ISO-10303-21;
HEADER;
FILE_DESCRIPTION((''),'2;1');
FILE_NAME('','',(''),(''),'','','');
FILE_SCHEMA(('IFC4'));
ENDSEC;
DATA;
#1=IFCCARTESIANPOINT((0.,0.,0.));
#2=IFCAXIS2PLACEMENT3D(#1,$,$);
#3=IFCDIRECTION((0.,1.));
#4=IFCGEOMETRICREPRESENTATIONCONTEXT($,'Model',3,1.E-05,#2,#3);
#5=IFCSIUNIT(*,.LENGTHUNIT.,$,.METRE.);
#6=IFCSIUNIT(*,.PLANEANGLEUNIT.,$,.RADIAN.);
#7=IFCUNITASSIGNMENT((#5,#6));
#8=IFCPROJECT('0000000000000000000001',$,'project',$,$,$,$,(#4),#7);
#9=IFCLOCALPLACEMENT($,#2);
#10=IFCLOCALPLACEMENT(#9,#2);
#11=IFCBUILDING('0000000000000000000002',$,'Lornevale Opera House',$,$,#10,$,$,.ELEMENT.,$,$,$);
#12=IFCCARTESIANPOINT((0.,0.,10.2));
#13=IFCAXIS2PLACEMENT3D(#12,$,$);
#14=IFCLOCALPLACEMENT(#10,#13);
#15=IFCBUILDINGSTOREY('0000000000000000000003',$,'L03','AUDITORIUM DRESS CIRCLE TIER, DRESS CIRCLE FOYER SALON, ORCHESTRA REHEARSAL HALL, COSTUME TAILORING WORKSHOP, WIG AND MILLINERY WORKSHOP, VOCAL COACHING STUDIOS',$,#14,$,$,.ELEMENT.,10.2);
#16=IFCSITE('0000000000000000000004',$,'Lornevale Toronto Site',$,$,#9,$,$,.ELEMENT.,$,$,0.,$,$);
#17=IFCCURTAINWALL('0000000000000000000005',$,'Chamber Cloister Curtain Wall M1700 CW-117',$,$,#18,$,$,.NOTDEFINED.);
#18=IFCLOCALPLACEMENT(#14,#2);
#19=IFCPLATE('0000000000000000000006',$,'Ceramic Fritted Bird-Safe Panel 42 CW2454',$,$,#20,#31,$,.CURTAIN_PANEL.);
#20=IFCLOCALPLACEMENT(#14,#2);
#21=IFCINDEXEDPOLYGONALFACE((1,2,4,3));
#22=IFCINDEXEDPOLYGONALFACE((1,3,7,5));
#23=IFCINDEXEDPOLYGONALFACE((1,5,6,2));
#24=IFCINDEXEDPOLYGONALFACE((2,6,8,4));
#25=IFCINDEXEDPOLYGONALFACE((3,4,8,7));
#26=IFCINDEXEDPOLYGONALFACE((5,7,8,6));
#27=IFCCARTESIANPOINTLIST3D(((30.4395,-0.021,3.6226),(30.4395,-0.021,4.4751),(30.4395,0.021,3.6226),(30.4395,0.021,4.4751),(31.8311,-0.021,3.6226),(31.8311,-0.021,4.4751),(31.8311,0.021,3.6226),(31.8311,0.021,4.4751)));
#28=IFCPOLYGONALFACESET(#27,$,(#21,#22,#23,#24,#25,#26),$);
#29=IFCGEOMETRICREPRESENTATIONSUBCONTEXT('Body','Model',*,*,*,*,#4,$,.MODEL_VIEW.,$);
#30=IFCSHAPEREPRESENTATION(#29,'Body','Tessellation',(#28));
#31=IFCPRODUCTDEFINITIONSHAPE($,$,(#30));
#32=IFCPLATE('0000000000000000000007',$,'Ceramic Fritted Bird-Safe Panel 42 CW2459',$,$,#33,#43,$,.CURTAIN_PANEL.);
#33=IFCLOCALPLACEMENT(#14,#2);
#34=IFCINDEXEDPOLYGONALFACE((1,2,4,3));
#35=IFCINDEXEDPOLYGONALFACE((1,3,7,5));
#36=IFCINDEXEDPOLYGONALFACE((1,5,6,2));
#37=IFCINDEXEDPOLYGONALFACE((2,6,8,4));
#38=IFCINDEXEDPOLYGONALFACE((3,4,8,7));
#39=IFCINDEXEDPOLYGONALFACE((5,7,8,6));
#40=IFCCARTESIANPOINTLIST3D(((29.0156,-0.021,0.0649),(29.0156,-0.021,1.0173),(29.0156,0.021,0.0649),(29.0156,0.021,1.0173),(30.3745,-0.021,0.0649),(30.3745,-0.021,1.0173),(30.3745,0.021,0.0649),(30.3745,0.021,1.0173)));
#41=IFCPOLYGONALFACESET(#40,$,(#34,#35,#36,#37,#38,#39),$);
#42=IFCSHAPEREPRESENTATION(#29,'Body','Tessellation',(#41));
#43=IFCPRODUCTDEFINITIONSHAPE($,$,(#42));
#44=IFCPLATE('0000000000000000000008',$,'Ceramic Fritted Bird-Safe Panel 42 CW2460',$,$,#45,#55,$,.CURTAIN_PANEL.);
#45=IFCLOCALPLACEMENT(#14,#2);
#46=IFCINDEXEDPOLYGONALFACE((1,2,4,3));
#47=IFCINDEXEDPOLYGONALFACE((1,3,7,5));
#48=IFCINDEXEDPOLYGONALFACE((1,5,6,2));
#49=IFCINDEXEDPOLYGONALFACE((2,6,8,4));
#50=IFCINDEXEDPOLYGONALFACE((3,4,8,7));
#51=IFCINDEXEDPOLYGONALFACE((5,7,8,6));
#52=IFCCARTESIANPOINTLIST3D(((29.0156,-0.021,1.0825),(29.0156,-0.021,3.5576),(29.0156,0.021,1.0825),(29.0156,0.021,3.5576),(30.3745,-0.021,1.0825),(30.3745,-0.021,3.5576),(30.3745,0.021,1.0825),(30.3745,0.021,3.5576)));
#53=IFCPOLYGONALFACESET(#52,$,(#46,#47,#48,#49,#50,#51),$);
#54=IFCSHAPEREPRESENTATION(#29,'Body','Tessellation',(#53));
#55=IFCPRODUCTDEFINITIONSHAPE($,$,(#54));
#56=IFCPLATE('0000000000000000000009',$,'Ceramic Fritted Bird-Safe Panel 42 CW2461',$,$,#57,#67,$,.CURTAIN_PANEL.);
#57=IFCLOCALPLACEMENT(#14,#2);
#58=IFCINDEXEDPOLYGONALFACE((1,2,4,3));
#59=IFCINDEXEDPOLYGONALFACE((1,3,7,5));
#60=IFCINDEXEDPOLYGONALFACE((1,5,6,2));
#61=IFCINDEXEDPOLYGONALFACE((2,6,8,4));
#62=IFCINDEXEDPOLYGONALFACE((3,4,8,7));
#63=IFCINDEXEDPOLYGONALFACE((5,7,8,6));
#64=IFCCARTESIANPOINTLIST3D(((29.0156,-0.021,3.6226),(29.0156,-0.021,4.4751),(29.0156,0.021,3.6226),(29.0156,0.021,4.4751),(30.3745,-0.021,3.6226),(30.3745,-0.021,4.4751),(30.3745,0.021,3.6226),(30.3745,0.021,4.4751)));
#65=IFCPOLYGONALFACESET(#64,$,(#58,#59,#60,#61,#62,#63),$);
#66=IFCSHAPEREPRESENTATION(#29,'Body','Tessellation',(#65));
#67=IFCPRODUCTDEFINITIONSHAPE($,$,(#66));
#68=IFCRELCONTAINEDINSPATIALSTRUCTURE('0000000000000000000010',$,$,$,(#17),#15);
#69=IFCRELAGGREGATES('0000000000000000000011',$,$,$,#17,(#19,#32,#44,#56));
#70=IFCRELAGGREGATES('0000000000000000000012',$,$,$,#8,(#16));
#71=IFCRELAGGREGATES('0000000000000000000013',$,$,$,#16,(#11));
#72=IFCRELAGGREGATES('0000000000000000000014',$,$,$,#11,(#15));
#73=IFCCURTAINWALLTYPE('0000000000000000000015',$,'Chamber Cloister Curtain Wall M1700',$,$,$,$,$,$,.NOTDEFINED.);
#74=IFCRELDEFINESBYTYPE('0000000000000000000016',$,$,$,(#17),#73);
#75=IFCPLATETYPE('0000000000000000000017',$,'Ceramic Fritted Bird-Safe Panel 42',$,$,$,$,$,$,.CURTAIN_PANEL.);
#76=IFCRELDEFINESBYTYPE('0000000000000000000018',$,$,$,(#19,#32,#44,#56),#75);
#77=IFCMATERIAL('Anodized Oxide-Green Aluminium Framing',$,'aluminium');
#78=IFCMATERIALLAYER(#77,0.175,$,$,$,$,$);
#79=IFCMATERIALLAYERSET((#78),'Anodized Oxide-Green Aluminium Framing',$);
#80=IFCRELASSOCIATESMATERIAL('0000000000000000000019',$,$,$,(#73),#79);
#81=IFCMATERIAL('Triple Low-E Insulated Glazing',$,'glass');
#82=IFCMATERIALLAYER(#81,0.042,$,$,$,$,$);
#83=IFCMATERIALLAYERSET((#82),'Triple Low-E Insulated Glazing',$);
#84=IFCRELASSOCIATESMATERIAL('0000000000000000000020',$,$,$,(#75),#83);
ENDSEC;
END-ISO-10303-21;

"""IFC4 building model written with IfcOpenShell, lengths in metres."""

from ifc_helpers import new_model, si_unit, direction, frame, origin, origin_2d, place, context, subcontext, project, spatial, rectangle, extrude, material, layer, layer_set, type_object, element, aggregate, save


model = new_model("IFC4")

# Units and contexts
model_context = context("Model", 3, precision=1e-05, world=origin(), true_north=direction((0.0, 1.0)))
body_context = subcontext(model_context, "Body", "Model", "MODEL_VIEW")
ifc_project = project(units=[si_unit("LENGTHUNIT", "METRE"), si_unit("PLANEANGLEUNIT", "RADIAN")], contexts=[model_context])

# Site, building, storey
site_placement = place(None, origin())
site = spatial("IfcSite", under=ifc_project, at=site_placement, Name="Lornevale Toronto Site", CompositionType="ELEMENT", RefElevation=0.0)
building_placement = place(site_placement, origin())
building = spatial("IfcBuilding", under=site, at=building_placement, Name="Lornevale Opera House", CompositionType="ELEMENT")
storey_placement = place(building_placement, frame((0.0, 0.0, 10.2)))
storey = spatial("IfcBuildingStorey", under=building, at=storey_placement, Name="L03", Description="AUDITORIUM DRESS CIRCLE TIER, DRESS CIRCLE FOYER SALON, ORCHESTRA REHEARSAL HALL, COSTUME TAILORING WORKSHOP, WIG AND MILLINERY WORKSHOP, VOCAL COACHING STUDIOS", CompositionType="ELEMENT", Elevation=10.2)

# Curtain wall
ifc_material_1 = material(Name="Anodized Oxide-Green Aluminium Framing", Category="aluminium")
ifc_layer_1 = layer(ifc_material_1, 0.175)
ifc_layer_set_1 = layer_set([ifc_layer_1], Name="Anodized Oxide-Green Aluminium Framing")
curtain_wall_type = type_object("IfcCurtainWallType", Name="Chamber Cloister Curtain Wall M1700", PredefinedType="NOTDEFINED", material=ifc_layer_set_1)
curtain_wall_1_placement = place(storey_placement, origin())
curtain_wall_1 = element("IfcCurtainWall", 1, at=curtain_wall_1_placement, inside=storey, type_object=curtain_wall_type, Name="Chamber Cloister Curtain Wall M1700 CW-117", PredefinedType="NOTDEFINED")

# Plates
ifc_material_2 = material(Name="Triple Low-E Insulated Glazing", Category="glass")
ifc_layer_2 = layer(ifc_material_2, 0.042)
ifc_layer_set_2 = layer_set([ifc_layer_2], Name="Triple Low-E Insulated Glazing")
plate_type = type_object("IfcPlateType", Name="Ceramic Fritted Bird-Safe Panel 42", PredefinedType="CURTAIN_PANEL", material=ifc_layer_set_2)
plate_1_placement = place(storey_placement, frame((31.1353, 0.0, 3.6226), z_axis=(0.0, 0.0, 1.0), x_axis=(-1.0, 0.0, 0.0)))
plate_1 = element("IfcPlate", 2, at=plate_1_placement, type_object=plate_type, Name="Ceramic Fritted Bird-Safe Panel 42 CW2454", PredefinedType="CURTAIN_PANEL", context=body_context, shape_type="SweptSolid", body=[
    extrude(rectangle(XDim=1.3916, YDim=0.042, at=origin_2d()), origin(), (0.0, 0.0, 1.0), 0.8525),
])
plate_2_placement = place(storey_placement, frame((29.6951, 0.0, 0.0649), z_axis=(0.0, 0.0, 1.0), x_axis=(-1.0, 0.0, 0.0)))
plate_2 = element("IfcPlate", 3, at=plate_2_placement, type_object=plate_type, Name="Ceramic Fritted Bird-Safe Panel 42 CW2459", PredefinedType="CURTAIN_PANEL", context=body_context, shape_type="SweptSolid", body=[
    extrude(rectangle(XDim=1.3589, YDim=0.042, at=origin_2d()), origin(), (0.0, 0.0, 1.0), 0.9524),
])
plate_3_placement = place(storey_placement, frame((29.6951, 0.0, 1.0825), z_axis=(0.0, 0.0, 1.0), x_axis=(-1.0, 0.0, 0.0)))
plate_3 = element("IfcPlate", 4, at=plate_3_placement, type_object=plate_type, Name="Ceramic Fritted Bird-Safe Panel 42 CW2460", PredefinedType="CURTAIN_PANEL", context=body_context, shape_type="SweptSolid", body=[
    extrude(rectangle(XDim=1.3589, YDim=0.042, at=origin_2d()), origin(), (0.0, 0.0, 1.0), 2.4751),
])
plate_4_placement = place(storey_placement, frame((29.6951, 0.0, 3.6226), z_axis=(0.0, 0.0, 1.0), x_axis=(-1.0, 0.0, 0.0)))
plate_4 = element("IfcPlate", 5, at=plate_4_placement, type_object=plate_type, Name="Ceramic Fritted Bird-Safe Panel 42 CW2461", PredefinedType="CURTAIN_PANEL", context=body_context, shape_type="SweptSolid", body=[
    extrude(rectangle(XDim=1.3589, YDim=0.042, at=origin_2d()), origin(), (0.0, 0.0, 1.0), 0.8525),
])
aggregate(curtain_wall_1, [plate_1, plate_2, plate_3, plate_4])

save(model, "model.ifc")
